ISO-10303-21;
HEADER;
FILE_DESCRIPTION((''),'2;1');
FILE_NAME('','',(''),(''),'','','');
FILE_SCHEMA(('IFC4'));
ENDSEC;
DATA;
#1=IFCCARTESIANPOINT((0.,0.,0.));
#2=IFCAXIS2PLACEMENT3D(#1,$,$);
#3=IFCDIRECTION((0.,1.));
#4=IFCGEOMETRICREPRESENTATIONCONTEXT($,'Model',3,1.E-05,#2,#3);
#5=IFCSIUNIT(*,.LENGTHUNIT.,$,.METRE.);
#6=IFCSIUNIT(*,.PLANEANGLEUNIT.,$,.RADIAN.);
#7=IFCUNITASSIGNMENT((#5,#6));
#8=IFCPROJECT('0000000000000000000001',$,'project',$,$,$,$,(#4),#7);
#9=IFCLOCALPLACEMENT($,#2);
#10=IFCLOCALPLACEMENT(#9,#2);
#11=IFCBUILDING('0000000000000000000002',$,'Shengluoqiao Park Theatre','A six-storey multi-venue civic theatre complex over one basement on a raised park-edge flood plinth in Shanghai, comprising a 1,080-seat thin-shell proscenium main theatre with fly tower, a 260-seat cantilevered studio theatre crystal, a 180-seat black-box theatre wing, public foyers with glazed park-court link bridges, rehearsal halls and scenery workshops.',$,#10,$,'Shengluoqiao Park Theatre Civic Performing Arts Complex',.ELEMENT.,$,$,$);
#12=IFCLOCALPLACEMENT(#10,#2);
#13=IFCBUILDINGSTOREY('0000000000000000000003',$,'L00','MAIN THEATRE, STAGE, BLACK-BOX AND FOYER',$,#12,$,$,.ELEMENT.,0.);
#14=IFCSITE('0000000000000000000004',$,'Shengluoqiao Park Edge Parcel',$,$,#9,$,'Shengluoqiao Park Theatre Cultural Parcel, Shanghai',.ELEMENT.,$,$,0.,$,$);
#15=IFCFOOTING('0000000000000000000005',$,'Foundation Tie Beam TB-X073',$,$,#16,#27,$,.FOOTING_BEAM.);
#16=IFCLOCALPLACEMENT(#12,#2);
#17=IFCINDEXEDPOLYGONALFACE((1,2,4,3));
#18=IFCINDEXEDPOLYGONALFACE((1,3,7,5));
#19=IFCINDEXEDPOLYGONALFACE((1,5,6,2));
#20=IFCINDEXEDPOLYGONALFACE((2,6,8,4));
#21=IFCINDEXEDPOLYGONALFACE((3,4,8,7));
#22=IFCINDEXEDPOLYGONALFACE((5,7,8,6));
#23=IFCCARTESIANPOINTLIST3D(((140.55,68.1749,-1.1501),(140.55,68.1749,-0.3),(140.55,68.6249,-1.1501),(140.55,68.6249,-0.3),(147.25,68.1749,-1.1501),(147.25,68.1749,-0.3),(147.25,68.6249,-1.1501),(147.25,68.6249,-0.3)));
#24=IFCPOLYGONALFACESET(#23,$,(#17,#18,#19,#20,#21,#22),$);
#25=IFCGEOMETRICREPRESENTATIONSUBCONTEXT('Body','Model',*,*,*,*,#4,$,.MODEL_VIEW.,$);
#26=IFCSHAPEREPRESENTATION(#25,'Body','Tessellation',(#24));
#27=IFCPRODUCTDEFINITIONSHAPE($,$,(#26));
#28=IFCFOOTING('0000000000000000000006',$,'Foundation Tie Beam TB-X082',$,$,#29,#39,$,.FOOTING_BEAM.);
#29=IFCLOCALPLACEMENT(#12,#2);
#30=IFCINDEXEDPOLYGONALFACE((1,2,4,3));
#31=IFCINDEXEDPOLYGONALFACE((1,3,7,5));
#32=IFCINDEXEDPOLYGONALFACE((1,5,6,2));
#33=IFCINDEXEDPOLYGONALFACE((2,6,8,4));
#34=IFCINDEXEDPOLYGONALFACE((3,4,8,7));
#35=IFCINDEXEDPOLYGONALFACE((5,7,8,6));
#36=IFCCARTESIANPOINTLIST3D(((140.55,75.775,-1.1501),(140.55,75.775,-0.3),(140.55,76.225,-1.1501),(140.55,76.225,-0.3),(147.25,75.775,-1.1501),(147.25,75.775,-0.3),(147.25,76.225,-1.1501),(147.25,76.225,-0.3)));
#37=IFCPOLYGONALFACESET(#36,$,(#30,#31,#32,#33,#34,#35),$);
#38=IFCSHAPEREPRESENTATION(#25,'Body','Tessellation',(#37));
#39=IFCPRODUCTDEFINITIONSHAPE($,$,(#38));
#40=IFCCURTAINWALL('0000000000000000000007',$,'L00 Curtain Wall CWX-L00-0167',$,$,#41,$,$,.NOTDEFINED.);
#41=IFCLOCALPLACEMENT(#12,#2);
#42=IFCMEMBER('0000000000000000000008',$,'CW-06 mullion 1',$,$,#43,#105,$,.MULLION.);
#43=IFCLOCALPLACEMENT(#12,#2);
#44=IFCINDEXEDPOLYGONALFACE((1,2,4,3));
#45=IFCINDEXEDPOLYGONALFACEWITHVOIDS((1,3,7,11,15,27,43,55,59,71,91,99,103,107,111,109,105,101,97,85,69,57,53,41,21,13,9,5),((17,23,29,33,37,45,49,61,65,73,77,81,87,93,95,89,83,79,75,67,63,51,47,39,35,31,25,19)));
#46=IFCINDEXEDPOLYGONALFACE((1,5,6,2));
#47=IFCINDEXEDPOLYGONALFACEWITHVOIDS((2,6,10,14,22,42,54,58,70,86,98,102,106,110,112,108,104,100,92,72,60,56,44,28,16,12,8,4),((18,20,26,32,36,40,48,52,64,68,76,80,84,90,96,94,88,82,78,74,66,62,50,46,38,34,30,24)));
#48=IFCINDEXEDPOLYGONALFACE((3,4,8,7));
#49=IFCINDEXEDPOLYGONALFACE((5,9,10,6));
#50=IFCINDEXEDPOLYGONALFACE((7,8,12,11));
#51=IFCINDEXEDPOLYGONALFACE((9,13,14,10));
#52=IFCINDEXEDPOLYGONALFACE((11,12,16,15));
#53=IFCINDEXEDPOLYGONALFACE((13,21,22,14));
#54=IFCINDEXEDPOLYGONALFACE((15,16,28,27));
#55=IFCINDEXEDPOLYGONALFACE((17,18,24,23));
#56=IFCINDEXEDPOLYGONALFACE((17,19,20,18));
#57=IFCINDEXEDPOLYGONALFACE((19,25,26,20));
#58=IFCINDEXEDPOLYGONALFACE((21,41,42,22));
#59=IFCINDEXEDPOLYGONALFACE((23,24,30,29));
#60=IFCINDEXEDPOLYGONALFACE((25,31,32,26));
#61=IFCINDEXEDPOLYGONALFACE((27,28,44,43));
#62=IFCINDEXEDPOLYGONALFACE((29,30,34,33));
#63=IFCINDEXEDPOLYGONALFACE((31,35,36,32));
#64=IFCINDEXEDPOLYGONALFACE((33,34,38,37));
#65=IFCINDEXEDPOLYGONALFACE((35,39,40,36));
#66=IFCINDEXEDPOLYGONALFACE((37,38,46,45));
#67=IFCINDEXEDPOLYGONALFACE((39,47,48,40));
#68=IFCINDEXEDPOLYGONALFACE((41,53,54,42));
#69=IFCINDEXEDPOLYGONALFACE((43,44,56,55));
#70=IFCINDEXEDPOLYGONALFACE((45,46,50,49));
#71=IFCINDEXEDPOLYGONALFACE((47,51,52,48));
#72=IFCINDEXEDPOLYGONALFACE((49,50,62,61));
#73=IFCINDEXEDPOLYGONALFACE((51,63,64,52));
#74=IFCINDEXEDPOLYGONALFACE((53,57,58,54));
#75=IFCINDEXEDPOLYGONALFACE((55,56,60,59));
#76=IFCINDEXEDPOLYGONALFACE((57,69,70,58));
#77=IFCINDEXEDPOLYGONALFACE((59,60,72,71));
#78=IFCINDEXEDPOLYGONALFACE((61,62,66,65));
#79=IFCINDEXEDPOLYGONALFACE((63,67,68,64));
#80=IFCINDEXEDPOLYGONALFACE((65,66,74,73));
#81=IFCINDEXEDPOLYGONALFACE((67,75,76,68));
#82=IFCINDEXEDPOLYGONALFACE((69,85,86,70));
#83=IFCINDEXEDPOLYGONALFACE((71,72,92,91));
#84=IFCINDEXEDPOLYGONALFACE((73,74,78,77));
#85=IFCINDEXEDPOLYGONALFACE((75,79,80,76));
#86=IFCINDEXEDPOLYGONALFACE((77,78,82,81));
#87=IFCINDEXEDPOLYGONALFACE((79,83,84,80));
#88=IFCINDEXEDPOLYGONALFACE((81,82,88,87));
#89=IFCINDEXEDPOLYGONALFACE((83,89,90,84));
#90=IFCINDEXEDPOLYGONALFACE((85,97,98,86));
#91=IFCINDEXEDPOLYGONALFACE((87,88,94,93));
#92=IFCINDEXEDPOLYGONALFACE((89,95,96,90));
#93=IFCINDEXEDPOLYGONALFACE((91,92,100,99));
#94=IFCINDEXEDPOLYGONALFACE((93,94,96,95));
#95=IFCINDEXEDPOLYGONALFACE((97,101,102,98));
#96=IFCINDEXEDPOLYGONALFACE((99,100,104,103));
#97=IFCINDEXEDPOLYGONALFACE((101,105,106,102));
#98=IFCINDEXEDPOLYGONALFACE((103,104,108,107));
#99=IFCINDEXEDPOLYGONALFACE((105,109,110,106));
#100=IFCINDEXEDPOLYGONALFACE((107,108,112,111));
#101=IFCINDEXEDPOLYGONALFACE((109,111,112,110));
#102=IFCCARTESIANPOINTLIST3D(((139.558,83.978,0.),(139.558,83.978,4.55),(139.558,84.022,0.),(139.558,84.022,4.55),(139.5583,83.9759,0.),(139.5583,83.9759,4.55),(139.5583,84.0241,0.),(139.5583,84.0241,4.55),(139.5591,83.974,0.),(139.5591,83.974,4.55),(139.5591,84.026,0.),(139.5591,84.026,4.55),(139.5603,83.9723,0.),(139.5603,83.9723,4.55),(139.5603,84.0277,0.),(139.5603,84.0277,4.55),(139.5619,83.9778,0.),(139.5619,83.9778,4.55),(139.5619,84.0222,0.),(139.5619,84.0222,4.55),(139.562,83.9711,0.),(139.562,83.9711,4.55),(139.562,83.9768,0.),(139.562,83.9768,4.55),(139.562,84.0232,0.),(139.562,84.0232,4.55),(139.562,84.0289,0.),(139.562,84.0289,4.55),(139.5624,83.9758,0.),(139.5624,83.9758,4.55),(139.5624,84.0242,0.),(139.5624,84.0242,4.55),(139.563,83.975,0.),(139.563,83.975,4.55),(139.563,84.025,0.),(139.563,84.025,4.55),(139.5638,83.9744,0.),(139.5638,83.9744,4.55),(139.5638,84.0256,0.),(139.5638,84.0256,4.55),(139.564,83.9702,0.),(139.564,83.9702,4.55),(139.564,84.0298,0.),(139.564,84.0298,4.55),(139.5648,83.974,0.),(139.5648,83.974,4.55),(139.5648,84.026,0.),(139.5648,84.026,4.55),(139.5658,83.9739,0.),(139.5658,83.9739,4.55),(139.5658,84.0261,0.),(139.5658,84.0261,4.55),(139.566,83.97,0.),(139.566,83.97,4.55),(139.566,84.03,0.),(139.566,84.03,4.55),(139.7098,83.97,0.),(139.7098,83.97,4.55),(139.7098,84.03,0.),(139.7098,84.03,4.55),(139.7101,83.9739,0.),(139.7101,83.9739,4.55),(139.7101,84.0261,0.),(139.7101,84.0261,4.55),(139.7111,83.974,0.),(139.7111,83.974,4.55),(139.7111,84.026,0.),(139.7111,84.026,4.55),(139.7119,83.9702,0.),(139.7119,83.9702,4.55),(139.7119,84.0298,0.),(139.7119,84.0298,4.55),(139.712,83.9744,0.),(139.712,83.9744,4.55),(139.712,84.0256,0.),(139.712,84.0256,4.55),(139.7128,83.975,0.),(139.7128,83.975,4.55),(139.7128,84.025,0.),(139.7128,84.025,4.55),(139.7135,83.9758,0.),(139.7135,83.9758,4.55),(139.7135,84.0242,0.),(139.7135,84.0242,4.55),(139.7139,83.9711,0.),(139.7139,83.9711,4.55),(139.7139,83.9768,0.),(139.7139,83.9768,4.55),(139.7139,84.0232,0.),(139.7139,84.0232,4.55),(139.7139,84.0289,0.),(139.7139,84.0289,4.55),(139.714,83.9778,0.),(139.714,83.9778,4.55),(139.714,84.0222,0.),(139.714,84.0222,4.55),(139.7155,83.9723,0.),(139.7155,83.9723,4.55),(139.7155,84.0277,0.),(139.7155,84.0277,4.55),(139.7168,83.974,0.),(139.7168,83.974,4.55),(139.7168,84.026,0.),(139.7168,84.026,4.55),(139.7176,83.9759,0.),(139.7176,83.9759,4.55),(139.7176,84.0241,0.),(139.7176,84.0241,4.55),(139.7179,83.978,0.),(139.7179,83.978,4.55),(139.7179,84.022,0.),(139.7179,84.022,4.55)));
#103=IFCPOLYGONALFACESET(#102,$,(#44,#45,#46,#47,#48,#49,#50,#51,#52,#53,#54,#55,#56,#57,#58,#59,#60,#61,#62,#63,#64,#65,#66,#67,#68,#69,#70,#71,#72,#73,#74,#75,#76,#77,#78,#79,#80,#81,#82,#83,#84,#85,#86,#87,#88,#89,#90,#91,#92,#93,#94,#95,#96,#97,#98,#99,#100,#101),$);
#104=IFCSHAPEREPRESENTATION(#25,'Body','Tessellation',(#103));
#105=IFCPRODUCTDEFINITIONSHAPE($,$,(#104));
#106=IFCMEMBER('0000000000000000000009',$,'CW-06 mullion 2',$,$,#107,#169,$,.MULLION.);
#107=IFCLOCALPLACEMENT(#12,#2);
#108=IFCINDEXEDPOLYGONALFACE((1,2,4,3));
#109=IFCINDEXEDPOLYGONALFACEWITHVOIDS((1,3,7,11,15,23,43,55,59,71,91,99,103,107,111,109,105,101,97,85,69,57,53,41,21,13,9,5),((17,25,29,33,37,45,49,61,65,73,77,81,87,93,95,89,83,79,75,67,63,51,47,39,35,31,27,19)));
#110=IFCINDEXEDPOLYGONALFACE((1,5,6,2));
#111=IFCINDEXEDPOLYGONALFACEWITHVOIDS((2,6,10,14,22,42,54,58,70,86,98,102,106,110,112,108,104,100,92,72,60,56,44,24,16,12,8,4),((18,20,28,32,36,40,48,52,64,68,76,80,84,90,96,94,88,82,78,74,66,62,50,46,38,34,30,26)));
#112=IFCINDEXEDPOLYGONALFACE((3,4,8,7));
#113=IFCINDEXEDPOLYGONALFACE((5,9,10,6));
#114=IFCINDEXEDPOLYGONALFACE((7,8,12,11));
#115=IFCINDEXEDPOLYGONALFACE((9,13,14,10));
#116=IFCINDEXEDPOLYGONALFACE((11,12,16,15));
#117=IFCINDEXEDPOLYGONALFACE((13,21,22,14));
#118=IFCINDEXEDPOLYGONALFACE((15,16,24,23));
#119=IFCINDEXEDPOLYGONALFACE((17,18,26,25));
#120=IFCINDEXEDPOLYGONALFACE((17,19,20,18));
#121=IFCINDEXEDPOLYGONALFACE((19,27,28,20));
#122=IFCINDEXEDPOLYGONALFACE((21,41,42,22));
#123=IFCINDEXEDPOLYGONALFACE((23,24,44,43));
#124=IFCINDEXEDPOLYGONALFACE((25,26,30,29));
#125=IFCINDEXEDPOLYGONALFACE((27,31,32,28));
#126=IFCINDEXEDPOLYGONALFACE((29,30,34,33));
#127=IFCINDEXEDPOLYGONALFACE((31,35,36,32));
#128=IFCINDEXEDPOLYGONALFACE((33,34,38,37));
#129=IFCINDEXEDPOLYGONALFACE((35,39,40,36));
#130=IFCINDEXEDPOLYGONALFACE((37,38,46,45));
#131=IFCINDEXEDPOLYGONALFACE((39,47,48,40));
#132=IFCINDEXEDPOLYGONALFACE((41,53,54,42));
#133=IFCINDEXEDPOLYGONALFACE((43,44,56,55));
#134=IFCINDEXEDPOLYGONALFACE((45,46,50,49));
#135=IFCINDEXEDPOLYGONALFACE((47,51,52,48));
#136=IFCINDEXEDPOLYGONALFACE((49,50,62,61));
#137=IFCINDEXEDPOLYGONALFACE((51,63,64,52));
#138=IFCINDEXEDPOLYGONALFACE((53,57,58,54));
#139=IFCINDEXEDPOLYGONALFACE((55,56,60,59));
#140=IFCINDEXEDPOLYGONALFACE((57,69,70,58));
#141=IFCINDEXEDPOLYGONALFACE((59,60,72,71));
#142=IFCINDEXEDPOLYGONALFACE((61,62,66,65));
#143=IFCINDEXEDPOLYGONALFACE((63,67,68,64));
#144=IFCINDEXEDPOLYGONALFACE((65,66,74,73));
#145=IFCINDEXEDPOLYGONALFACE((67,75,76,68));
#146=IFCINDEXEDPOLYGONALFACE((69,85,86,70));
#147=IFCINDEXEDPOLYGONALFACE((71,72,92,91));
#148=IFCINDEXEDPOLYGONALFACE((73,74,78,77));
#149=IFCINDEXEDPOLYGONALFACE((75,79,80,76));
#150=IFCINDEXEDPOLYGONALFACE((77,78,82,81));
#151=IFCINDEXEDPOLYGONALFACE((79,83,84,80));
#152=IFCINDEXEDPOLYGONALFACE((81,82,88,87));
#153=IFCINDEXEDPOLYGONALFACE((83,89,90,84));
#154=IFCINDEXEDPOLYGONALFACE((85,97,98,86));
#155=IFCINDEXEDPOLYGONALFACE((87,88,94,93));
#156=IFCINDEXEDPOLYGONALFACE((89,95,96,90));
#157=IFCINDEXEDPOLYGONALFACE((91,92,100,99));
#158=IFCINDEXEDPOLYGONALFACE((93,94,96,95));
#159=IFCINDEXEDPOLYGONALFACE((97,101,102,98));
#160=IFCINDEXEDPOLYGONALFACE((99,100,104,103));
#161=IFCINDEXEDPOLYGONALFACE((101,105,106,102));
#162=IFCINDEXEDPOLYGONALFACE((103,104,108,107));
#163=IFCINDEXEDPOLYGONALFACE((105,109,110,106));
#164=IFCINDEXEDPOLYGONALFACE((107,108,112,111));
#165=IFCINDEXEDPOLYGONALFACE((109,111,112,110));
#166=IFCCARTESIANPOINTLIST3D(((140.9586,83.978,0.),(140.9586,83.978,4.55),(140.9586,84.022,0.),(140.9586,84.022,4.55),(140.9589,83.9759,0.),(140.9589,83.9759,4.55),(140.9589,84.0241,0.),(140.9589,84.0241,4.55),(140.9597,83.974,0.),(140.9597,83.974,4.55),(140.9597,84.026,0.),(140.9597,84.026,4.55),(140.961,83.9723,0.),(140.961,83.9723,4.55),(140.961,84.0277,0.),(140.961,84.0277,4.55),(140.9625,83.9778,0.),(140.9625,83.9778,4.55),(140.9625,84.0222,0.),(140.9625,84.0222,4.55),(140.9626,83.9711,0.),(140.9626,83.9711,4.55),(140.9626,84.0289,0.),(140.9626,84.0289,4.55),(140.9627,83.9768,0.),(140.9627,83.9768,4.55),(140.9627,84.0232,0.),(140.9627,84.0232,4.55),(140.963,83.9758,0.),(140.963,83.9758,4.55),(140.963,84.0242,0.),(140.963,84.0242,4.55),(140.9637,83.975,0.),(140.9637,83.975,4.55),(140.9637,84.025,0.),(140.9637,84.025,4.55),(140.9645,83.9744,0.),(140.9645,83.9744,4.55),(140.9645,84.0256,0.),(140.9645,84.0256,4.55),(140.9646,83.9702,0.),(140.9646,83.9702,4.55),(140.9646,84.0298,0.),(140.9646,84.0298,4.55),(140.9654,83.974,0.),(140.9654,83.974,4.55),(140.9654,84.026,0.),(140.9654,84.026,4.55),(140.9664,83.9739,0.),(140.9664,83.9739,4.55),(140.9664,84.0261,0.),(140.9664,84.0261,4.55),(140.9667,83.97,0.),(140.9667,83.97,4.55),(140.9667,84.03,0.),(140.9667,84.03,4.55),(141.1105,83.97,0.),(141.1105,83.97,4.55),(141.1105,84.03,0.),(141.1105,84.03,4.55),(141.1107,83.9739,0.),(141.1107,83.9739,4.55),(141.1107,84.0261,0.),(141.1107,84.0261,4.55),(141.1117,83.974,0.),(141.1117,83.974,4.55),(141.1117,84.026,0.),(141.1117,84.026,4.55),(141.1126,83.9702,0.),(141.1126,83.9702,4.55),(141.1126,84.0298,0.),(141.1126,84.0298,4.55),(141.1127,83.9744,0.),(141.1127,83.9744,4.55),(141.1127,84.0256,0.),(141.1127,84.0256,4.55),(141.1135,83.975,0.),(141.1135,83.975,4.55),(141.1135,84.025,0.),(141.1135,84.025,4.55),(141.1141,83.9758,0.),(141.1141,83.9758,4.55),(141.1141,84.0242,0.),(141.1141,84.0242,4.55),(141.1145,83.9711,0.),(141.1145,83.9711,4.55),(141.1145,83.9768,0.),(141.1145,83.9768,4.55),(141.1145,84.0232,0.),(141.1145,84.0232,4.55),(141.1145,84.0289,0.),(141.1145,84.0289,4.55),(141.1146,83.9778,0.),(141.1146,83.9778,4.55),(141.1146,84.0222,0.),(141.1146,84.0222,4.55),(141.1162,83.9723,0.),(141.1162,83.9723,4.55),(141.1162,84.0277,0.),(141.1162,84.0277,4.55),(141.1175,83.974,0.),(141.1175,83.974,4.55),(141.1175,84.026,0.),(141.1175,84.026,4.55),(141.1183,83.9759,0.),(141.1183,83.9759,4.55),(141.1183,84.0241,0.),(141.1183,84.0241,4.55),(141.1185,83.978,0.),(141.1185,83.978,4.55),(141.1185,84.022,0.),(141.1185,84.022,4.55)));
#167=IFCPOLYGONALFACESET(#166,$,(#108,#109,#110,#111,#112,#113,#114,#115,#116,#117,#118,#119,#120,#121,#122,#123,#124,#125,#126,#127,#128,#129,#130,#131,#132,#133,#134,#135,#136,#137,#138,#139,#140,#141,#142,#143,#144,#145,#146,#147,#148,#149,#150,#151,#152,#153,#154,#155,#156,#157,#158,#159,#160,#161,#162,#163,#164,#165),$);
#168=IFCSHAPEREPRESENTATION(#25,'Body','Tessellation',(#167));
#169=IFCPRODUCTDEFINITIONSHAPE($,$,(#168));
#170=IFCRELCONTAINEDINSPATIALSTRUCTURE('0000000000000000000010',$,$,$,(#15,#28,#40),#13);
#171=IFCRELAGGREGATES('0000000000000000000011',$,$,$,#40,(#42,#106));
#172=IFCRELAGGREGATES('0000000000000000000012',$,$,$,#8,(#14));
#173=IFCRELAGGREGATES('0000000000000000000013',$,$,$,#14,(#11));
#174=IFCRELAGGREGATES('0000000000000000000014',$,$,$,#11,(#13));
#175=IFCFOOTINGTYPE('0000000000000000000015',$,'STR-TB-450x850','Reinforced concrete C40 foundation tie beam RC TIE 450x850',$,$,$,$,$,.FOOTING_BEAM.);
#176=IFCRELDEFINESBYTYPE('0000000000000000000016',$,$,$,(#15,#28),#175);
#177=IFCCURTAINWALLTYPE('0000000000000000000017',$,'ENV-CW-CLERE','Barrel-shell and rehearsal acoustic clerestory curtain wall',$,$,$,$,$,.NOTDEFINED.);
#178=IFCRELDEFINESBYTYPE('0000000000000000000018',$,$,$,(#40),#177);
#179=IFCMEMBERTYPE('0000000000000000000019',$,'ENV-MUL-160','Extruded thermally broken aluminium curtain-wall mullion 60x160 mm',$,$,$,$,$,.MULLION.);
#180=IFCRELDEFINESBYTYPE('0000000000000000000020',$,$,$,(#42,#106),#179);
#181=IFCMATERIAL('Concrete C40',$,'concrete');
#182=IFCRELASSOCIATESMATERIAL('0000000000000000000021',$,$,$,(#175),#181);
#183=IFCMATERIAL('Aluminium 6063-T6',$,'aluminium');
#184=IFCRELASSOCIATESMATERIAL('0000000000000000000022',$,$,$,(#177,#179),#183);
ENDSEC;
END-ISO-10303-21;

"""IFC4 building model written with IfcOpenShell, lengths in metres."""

from ifc_helpers import new_model, si_unit, direction, frame, origin, origin_2d, place, context, subcontext, project, spatial, rectangle, hollow_rectangle, extrude, material, material_profile, profile_set, type_object, element, aggregate, save


model = new_model("IFC4")

# Units and contexts
model_context = context("Model", 3, precision=1e-05, world=origin(), true_north=direction((0.0, 1.0)))
body_context = subcontext(model_context, "Body", "Model", "MODEL_VIEW")
ifc_project = project(units=[si_unit("LENGTHUNIT", "METRE"), si_unit("PLANEANGLEUNIT", "RADIAN")], contexts=[model_context])

# Site, building, storey
site_placement = place(None, origin())
site = spatial("IfcSite", under=ifc_project, at=site_placement, Name="Shengluoqiao Park Edge Parcel", LongName="Shengluoqiao Park Theatre Cultural Parcel, Shanghai", CompositionType="ELEMENT", RefElevation=0.0)
building_placement = place(site_placement, origin())
building = spatial("IfcBuilding", under=site, at=building_placement, Name="Shengluoqiao Park Theatre", Description="A six-storey multi-venue civic theatre complex over one basement on a raised park-edge flood plinth in Shanghai, comprising a 1,080-seat thin-shell proscenium main theatre with fly tower, a 260-seat cantilevered studio theatre crystal, a 180-seat black-box theatre wing, public foyers with glazed park-court link bridges, rehearsal halls and scenery workshops.", LongName="Shengluoqiao Park Theatre Civic Performing Arts Complex", CompositionType="ELEMENT")
storey_placement = place(building_placement, origin())
storey = spatial("IfcBuildingStorey", under=building, at=storey_placement, Name="L00", Description="MAIN THEATRE, STAGE, BLACK-BOX AND FOYER", CompositionType="ELEMENT", Elevation=0.0)

# Footings
ifc_material_1 = material(Name="Concrete C40", Category="concrete")
ifc_material_profile_1 = material_profile(ifc_material_1, rectangle(XDim=0.45, YDim=0.8501, at=origin_2d()), Name="RC TIE 450x850")
ifc_profile_set_1 = profile_set([ifc_material_profile_1], Name="Concrete C40")
footing_type = type_object("IfcFootingType", Name="STR-TB-450x850", Description="Reinforced concrete C40 foundation tie beam RC TIE 450x850", PredefinedType="FOOTING_BEAM", material=ifc_profile_set_1)
for number, where, z_axis, x_axis, name in (
    (1, (140.55, 68.3999, -0.7251), (1.0, 0.0, 0.0), (0.0, 1.0, 0.0), "Foundation Tie Beam TB-X073"),
    (2, (140.55, 76.0, -0.7251), (1.0, 0.0, 0.0), (0.0, 1.0, 0.0), "Foundation Tie Beam TB-X082"),
):
    element("IfcFooting", number, at=place(storey_placement, frame(where, z_axis=z_axis, x_axis=x_axis)), inside=storey, type_object=footing_type, Name=name, PredefinedType="FOOTING_BEAM", context=body_context, shape_type="SweptSolid", body=[
        extrude(rectangle(XDim=0.45, YDim=0.8501, at=origin_2d()), origin(), (0.0, 0.0, 1.0), 6.7),
    ])

# Curtain wall, members
ifc_material_2 = material(Name="Aluminium 6063-T6", Category="aluminium")
curtain_wall_type = type_object("IfcCurtainWallType", Name="ENV-CW-CLERE", Description="Barrel-shell and rehearsal acoustic clerestory curtain wall", PredefinedType="NOTDEFINED", material=ifc_material_2)
curtain_wall_placement = place(storey_placement, origin())
curtain_wall = element("IfcCurtainWall", 3, at=curtain_wall_placement, inside=storey, type_object=curtain_wall_type, Name="L00 Curtain Wall CWX-L00-0167", PredefinedType="NOTDEFINED")
ifc_material_profile_2 = material_profile(ifc_material_2, hollow_rectangle(XDim=0.0601, YDim=0.1599, WallThickness=0.0039, InnerFilletRadius=0.0039, OuterFilletRadius=0.0081, at=origin_2d()), Name="ALU MULLION 160x60x4")
ifc_profile_set_2 = profile_set([ifc_material_profile_2], Name="Aluminium 6063-T6")
member_type_1 = type_object("IfcMemberType", Name="ENV-MUL-160", Description="Extruded thermally broken aluminium curtain-wall mullion 60x160 mm", PredefinedType="MULLION", material=ifc_profile_set_2)
member_1_placement = place(storey_placement, frame((139.6379, 84.0, 0.0), z_axis=(0.0, 0.0, 1.0), x_axis=(0.0, 1.0, 0.0)))
member_1 = element("IfcMember", 4, at=member_1_placement, type_object=member_type_1, Name="CW-06 mullion 1", PredefinedType="MULLION", context=body_context, shape_type="SweptSolid", body=[
    extrude(hollow_rectangle(XDim=0.0601, YDim=0.1599, WallThickness=0.0039, InnerFilletRadius=0.0039, OuterFilletRadius=0.0081, at=origin_2d()), origin(), (0.0, 0.0, 1.0), 4.55),
])
member_2_placement = place(storey_placement, frame((141.0386, 84.0, 0.0), z_axis=(0.0, 0.0, 1.0), x_axis=(0.0, 1.0, 0.0)))
member_2 = element("IfcMember", 5, at=member_2_placement, type_object=member_type_1, Name="CW-06 mullion 2", PredefinedType="MULLION", context=body_context, shape_type="SweptSolid", body=[
    extrude(hollow_rectangle(XDim=0.0601, YDim=0.1599, WallThickness=0.0039, InnerFilletRadius=0.0039, OuterFilletRadius=0.0081, at=origin_2d()), origin(), (0.0, 0.0, 1.0), 4.55),
])
aggregate(curtain_wall, [member_1, member_2])

save(model, "model.ifc")
